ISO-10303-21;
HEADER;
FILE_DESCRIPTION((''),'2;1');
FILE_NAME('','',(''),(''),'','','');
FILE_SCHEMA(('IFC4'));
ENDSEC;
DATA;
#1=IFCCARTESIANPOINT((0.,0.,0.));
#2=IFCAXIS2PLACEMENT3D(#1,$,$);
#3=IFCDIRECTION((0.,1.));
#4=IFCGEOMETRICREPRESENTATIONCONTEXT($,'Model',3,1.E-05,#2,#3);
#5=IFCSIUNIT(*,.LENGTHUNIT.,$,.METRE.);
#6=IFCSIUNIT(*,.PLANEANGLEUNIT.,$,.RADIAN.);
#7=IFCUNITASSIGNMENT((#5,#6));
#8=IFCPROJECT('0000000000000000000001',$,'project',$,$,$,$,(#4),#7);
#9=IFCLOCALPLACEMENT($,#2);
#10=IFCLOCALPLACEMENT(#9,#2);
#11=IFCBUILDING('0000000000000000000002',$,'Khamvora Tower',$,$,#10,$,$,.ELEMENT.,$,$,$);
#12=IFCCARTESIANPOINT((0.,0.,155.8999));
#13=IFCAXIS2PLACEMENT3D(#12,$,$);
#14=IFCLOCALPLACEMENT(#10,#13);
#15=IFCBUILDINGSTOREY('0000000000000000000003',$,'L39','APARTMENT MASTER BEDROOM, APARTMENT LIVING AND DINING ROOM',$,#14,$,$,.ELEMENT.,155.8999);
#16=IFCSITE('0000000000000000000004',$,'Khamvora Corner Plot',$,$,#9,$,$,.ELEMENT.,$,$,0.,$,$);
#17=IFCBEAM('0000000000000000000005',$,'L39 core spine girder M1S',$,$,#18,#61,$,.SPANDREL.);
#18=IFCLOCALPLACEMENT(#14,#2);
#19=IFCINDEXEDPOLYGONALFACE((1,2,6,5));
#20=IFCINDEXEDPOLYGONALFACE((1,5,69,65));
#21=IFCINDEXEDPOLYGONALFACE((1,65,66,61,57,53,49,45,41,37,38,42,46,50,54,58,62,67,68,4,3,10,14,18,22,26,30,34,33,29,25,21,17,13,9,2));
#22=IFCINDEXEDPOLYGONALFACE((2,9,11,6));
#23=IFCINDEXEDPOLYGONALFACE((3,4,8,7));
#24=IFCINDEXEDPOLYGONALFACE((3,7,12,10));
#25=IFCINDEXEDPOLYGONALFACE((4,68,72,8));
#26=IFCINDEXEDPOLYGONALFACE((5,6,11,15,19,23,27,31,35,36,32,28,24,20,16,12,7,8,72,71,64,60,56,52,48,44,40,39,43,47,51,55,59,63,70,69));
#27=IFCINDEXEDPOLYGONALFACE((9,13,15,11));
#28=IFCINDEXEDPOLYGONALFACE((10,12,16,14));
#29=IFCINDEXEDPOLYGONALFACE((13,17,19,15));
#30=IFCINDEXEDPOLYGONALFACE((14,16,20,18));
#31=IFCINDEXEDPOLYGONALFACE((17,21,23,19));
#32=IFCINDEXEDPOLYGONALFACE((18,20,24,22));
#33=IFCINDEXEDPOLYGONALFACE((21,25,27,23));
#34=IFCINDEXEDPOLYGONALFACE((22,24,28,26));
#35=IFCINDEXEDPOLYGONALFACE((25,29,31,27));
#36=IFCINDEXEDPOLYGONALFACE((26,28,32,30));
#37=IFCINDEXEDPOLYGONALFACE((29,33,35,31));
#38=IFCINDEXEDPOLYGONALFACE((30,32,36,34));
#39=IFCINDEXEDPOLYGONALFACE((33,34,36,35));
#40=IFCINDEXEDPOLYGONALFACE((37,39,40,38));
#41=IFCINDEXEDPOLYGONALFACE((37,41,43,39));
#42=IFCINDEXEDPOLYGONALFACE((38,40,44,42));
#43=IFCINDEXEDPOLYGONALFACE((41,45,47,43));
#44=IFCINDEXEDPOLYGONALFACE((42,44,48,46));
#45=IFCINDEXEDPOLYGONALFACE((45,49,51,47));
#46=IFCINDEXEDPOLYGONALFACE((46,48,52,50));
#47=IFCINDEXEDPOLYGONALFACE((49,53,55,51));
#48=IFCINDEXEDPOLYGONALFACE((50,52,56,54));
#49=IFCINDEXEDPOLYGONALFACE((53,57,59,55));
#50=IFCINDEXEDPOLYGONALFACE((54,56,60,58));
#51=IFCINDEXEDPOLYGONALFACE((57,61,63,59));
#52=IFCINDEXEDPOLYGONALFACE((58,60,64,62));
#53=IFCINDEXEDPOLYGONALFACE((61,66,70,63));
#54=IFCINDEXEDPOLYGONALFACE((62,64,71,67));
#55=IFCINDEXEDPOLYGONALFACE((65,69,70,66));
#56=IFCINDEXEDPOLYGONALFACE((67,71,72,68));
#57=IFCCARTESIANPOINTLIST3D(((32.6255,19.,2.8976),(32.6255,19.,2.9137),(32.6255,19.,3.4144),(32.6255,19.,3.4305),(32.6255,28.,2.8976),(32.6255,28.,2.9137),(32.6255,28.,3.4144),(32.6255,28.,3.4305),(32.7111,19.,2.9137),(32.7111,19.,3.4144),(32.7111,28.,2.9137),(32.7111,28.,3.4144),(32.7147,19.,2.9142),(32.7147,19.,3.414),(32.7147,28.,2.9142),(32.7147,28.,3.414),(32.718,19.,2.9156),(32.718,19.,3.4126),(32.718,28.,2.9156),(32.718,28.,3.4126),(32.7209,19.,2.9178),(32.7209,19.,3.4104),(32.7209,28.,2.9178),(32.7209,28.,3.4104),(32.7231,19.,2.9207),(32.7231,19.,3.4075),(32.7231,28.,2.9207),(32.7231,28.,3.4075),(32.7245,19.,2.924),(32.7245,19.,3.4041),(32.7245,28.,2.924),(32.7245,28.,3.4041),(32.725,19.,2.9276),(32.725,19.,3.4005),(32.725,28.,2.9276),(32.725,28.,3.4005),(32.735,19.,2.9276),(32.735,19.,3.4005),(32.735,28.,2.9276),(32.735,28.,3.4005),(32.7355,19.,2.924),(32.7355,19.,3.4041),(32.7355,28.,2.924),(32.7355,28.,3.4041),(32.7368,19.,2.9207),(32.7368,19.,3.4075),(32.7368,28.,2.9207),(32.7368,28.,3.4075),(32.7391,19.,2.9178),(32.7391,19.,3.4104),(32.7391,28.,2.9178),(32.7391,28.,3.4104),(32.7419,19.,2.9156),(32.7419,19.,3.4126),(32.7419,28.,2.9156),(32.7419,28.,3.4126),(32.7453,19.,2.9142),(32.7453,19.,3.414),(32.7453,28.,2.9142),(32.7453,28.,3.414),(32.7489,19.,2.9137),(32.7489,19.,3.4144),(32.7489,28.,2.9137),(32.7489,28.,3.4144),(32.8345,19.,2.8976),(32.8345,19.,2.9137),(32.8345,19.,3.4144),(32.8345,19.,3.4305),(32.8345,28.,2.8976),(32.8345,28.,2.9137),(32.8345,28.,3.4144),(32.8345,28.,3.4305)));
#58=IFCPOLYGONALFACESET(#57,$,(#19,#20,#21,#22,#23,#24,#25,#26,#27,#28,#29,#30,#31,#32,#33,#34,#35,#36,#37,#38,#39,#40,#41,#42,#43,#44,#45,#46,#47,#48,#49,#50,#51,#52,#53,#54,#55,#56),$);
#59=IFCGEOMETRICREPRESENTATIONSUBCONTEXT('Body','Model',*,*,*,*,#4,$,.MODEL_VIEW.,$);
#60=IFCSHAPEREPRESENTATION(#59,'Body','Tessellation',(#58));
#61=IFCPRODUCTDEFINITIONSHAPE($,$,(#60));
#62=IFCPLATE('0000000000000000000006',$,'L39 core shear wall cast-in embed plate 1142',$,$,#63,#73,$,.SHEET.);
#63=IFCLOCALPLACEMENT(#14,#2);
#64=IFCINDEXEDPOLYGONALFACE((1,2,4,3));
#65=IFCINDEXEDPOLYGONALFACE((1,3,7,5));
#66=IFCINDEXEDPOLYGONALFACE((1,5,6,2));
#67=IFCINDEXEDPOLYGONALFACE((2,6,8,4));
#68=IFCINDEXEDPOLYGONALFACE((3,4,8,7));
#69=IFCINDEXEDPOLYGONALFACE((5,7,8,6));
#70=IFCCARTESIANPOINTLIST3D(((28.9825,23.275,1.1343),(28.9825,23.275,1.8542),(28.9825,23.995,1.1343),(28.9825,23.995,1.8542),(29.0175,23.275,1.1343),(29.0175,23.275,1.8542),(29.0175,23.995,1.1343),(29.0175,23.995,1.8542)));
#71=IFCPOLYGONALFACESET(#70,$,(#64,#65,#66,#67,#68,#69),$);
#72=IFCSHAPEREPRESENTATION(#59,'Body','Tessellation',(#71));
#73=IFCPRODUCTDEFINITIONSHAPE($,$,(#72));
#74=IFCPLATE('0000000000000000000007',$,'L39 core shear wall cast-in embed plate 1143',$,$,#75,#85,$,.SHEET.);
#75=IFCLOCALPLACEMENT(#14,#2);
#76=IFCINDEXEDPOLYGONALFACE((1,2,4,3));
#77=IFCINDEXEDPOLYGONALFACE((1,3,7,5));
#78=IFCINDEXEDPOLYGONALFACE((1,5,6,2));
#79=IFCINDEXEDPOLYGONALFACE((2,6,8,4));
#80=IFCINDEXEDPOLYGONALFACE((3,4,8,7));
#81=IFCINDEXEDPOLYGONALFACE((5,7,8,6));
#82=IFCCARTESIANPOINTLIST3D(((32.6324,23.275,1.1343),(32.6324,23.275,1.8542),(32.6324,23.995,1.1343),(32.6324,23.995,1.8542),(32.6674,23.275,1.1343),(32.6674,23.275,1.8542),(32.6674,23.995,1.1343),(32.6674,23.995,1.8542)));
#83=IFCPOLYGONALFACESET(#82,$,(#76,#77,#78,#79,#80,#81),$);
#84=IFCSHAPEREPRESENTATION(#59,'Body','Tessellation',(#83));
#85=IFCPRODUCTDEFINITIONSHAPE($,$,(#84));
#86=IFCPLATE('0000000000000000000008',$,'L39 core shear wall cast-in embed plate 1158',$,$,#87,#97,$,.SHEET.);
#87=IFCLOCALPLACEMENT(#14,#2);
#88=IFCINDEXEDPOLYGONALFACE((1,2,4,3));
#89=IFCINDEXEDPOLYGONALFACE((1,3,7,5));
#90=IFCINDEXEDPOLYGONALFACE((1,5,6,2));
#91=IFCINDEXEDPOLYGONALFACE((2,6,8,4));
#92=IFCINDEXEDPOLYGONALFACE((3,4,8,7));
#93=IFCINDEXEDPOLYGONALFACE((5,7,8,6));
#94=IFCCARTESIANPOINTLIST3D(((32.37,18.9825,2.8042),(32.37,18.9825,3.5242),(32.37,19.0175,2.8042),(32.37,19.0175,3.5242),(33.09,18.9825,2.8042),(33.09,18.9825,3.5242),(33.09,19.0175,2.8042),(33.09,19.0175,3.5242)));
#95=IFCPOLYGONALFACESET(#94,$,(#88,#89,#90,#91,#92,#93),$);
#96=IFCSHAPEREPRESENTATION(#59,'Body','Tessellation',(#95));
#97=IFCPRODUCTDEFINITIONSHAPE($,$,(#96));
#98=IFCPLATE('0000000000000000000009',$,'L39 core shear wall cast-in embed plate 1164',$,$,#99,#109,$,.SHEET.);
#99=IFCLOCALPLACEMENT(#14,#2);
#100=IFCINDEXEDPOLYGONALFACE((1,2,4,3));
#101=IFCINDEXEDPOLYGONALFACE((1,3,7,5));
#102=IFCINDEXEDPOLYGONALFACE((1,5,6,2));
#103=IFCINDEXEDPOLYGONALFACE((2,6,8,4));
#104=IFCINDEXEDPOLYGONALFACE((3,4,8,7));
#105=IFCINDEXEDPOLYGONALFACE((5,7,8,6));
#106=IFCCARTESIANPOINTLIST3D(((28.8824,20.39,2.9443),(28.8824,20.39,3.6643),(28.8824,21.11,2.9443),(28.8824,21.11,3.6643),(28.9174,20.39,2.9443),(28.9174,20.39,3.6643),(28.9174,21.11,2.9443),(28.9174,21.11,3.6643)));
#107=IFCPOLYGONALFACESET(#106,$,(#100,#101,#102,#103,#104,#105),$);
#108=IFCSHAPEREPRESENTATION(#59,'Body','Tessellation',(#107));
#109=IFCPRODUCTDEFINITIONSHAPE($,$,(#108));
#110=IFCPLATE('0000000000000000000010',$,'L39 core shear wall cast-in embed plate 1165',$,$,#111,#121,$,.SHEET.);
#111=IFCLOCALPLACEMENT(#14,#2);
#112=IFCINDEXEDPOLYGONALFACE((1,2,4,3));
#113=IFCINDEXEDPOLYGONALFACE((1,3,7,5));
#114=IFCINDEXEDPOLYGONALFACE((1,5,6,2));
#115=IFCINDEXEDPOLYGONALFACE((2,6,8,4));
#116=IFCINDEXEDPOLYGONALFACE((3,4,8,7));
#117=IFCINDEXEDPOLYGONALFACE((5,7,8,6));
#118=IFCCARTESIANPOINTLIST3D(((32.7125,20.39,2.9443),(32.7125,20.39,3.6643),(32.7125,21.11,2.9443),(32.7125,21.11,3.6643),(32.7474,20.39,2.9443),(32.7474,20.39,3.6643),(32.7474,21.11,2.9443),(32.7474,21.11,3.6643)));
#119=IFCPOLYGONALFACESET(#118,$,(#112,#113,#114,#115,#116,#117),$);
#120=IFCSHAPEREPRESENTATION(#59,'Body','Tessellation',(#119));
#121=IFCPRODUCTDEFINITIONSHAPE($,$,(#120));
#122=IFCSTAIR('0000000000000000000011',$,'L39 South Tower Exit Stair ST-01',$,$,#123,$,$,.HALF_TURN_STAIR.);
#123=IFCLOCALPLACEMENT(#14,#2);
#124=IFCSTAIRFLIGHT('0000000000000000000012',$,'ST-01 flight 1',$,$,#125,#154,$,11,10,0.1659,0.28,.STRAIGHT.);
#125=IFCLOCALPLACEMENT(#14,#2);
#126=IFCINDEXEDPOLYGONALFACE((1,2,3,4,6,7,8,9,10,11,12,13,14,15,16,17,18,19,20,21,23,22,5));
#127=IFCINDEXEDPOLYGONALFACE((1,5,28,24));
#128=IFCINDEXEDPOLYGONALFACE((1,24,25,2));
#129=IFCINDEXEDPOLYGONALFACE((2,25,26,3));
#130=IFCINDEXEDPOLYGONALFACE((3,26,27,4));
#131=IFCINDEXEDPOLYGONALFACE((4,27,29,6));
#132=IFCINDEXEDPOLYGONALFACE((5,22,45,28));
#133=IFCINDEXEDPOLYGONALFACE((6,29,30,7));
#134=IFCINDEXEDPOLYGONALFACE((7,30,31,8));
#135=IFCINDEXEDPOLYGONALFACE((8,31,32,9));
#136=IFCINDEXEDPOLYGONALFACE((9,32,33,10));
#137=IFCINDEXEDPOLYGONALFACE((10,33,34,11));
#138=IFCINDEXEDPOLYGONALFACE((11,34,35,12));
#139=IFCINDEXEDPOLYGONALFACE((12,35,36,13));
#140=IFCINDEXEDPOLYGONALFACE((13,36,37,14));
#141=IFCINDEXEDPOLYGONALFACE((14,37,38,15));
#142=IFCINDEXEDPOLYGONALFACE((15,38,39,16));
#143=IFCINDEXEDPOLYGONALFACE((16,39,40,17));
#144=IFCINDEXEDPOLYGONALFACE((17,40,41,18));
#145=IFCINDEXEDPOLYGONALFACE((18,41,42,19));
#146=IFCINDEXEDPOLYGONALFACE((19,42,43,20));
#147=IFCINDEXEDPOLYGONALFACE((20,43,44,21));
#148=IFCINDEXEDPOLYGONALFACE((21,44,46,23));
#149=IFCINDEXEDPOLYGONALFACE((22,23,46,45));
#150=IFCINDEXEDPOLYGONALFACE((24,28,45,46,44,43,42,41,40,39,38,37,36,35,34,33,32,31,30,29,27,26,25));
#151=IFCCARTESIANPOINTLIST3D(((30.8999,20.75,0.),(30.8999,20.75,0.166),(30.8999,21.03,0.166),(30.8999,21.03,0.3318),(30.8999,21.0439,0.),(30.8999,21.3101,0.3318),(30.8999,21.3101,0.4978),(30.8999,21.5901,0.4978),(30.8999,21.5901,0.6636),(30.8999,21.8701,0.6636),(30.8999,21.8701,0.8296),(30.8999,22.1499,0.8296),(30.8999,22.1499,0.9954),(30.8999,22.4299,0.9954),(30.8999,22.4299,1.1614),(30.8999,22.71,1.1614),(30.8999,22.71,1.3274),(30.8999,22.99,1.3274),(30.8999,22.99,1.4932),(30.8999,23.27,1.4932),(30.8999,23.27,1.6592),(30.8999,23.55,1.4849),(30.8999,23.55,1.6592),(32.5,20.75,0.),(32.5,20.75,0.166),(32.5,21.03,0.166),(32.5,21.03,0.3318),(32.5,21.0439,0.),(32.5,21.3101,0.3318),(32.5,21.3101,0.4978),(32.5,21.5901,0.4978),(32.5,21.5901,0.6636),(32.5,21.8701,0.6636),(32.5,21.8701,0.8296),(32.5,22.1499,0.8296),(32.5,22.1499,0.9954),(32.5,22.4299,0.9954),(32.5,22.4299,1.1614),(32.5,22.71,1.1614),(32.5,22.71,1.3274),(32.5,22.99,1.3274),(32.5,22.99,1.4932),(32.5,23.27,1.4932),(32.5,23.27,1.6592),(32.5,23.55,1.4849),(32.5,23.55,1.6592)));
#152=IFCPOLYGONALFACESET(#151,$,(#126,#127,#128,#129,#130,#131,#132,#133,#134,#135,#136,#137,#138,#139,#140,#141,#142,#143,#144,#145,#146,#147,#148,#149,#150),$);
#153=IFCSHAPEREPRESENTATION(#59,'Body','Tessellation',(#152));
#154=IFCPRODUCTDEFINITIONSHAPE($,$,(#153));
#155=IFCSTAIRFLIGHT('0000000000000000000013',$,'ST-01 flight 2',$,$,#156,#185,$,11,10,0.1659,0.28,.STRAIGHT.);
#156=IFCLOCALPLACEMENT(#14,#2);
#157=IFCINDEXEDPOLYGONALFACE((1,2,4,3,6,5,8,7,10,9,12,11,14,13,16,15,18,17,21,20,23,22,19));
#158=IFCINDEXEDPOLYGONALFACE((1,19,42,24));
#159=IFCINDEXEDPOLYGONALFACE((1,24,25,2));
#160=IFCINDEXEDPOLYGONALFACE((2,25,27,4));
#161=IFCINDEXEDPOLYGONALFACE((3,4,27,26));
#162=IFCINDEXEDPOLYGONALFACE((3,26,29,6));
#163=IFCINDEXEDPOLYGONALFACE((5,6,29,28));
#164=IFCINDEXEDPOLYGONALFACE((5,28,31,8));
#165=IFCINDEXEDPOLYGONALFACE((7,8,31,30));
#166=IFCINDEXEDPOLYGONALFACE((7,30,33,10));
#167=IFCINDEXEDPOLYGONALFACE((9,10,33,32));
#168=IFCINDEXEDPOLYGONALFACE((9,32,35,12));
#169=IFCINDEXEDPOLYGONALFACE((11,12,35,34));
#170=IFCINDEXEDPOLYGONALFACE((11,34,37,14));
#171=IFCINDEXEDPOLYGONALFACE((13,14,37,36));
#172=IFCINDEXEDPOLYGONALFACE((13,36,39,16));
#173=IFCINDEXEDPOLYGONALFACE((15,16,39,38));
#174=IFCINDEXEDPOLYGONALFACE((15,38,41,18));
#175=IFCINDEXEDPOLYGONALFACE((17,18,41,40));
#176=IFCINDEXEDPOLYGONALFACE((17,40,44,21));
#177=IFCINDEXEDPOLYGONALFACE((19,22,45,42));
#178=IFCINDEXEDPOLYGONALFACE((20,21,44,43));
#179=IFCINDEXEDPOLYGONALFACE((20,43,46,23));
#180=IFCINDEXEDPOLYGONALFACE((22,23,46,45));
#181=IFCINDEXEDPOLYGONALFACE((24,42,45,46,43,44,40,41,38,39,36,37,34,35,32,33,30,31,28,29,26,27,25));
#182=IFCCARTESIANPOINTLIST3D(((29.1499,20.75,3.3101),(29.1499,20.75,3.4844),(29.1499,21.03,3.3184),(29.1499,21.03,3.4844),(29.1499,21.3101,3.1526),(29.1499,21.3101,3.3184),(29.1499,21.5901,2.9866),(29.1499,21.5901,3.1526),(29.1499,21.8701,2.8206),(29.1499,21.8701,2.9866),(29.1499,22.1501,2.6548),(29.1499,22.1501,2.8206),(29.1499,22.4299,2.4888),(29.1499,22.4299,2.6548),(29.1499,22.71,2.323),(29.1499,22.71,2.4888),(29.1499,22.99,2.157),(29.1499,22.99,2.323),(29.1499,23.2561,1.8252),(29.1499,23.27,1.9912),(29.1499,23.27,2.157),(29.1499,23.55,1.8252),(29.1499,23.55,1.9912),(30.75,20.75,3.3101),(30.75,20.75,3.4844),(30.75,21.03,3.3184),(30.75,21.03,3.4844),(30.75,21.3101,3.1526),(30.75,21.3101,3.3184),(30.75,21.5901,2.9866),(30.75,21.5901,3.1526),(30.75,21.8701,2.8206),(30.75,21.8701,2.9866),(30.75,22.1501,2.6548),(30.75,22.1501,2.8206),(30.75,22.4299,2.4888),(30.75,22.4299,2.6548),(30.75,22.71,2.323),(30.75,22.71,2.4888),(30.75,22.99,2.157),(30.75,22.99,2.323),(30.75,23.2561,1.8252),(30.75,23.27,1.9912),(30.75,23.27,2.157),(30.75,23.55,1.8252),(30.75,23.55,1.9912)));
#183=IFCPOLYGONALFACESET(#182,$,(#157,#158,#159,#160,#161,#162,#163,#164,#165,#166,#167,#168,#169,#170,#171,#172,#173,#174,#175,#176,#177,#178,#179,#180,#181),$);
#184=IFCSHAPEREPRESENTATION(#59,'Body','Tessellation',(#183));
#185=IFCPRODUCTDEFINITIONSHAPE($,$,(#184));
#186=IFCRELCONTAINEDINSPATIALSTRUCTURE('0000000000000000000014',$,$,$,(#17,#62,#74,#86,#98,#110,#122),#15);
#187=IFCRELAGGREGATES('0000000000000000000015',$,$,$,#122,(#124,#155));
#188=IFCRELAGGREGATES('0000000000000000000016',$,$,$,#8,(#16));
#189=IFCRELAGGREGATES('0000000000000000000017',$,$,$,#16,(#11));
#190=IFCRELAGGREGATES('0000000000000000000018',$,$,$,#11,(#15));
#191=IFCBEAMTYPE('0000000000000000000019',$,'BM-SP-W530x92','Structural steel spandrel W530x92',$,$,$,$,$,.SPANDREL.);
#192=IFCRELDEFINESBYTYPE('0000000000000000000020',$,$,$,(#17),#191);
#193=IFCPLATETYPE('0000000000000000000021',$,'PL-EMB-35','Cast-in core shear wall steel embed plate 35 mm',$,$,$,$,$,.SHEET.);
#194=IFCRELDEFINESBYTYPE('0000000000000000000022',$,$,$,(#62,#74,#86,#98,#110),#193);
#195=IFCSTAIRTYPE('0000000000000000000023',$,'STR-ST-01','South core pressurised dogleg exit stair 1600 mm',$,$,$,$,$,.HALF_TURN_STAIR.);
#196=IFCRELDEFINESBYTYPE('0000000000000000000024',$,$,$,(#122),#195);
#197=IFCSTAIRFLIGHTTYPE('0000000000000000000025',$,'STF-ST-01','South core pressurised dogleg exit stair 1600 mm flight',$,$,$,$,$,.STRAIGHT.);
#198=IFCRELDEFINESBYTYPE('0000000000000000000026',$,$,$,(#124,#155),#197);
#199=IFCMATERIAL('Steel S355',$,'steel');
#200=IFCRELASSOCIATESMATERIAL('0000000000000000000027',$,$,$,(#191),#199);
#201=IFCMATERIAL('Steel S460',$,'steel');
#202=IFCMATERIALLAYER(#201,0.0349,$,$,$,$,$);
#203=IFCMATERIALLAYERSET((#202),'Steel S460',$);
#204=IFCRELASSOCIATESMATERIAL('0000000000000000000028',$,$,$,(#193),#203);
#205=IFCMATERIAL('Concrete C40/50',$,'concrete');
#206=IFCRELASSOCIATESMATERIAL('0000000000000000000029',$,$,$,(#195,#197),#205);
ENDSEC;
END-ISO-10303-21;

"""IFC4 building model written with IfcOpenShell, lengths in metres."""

from ifc_helpers import new_model, si_unit, direction, frame, origin, origin_2d, place, context, subcontext, project, spatial, polyline, rectangle, i_section, outline, extrude, material, layer, layer_set, material_profile, profile_set, type_object, element, aggregate, save


model = new_model("IFC4")

# Units and contexts
model_context = context("Model", 3, precision=1e-05, world=origin(), true_north=direction((0.0, 1.0)))
body_context = subcontext(model_context, "Body", "Model", "MODEL_VIEW")
ifc_project = project(units=[si_unit("LENGTHUNIT", "METRE"), si_unit("PLANEANGLEUNIT", "RADIAN")], contexts=[model_context])

# Site, building, storey
site_placement = place(None, origin())
site = spatial("IfcSite", under=ifc_project, at=site_placement, Name="Khamvora Corner Plot", CompositionType="ELEMENT", RefElevation=0.0)
building_placement = place(site_placement, origin())
building = spatial("IfcBuilding", under=site, at=building_placement, Name="Khamvora Tower", CompositionType="ELEMENT")
storey_placement = place(building_placement, frame((0.0, 0.0, 155.8999)))
storey = spatial("IfcBuildingStorey", under=building, at=storey_placement, Name="L39", Description="APARTMENT MASTER BEDROOM, APARTMENT LIVING AND DINING ROOM", CompositionType="ELEMENT", Elevation=155.8999)

# Beam
ifc_material_1 = material(Name="Steel S355", Category="steel")
ifc_material_profile_1 = material_profile(ifc_material_1, i_section(OverallWidth=0.209, OverallDepth=0.533, WebThickness=0.01, FlangeThickness=0.0161, FilletRadius=0.0139, at=origin_2d()), Name="W530x92")
ifc_profile_set_1 = profile_set([ifc_material_profile_1], Name="Steel S355")
beam_type_1 = type_object("IfcBeamType", Name="BM-SP-W530x92", Description="Structural steel spandrel W530x92", PredefinedType="SPANDREL", material=ifc_profile_set_1)
beam_1_placement = place(storey_placement, frame((32.73, 19.0, 3.1641), z_axis=(0.0, 1.0, 0.0), x_axis=(-1.0, 0.0, 0.0)))
element("IfcBeam", 1, at=beam_1_placement, inside=storey, type_object=beam_type_1, Name="L39 core spine girder M1S", PredefinedType="SPANDREL", context=body_context, shape_type="SweptSolid", body=[
    extrude(i_section(OverallWidth=0.209, OverallDepth=0.533, WebThickness=0.01, FlangeThickness=0.0161, FilletRadius=0.0139, at=origin_2d()), origin(), (0.0, 0.0, 1.0), 9.0),
])

# Plates
ifc_material_2 = material(Name="Steel S460", Category="steel")
ifc_layer_1 = layer(ifc_material_2, 0.0349)
ifc_layer_set_1 = layer_set([ifc_layer_1], Name="Steel S460")
plate_type = type_object("IfcPlateType", Name="PL-EMB-35", Description="Cast-in core shear wall steel embed plate 35 mm", PredefinedType="SHEET", material=ifc_layer_set_1)
for number, where, z_axis, x_axis, name in (
    (2, (29.0, 23.635, 1.1343), (0.0, 0.0, 1.0), (1.0, 0.0, 0.0), "L39 core shear wall cast-in embed plate 1142"),
    (3, (32.6499, 23.635, 1.1343), (0.0, 0.0, 1.0), (1.0, 0.0, 0.0), "L39 core shear wall cast-in embed plate 1143"),
):
    element("IfcPlate", number, at=place(storey_placement, frame(where, z_axis=z_axis, x_axis=x_axis)), inside=storey, type_object=plate_type, Name=name, PredefinedType="SHEET", context=body_context, shape_type="SweptSolid", body=[
        extrude(rectangle(XDim=0.0349, YDim=0.72, at=origin_2d()), origin(), (0.0, 0.0, 1.0), 0.72),
    ])
plate_placement = place(storey_placement, frame((32.73, 19.0, 2.8042), z_axis=(0.0, 0.0, 1.0), x_axis=(1.0, 0.0, 0.0)))
element("IfcPlate", 4, at=plate_placement, inside=storey, type_object=plate_type, Name="L39 core shear wall cast-in embed plate 1158", PredefinedType="SHEET", context=body_context, shape_type="SweptSolid", body=[
    extrude(rectangle(XDim=0.72, YDim=0.0349, at=origin_2d()), origin(), (0.0, 0.0, 1.0), 0.72),
])
for number, where, z_axis, x_axis, name in (
    (5, (28.8999, 20.75, 2.9443), (0.0, 0.0, 1.0), (1.0, 0.0, 0.0), "L39 core shear wall cast-in embed plate 1164"),
    (6, (32.73, 20.75, 2.9443), (0.0, 0.0, 1.0), (1.0, 0.0, 0.0), "L39 core shear wall cast-in embed plate 1165"),
):
    element("IfcPlate", number, at=place(storey_placement, frame(where, z_axis=z_axis, x_axis=x_axis)), inside=storey, type_object=plate_type, Name=name, PredefinedType="SHEET", context=body_context, shape_type="SweptSolid", body=[
        extrude(rectangle(XDim=0.0349, YDim=0.72, at=origin_2d()), origin(), (0.0, 0.0, 1.0), 0.72),
    ])

# Stair, stair flights
ifc_material_3 = material(Name="Concrete C40/50", Category="concrete")
stair_type = type_object("IfcStairType", Name="STR-ST-01", Description="South core pressurised dogleg exit stair 1600 mm", PredefinedType="HALF_TURN_STAIR", material=ifc_material_3)
stair_placement = place(storey_placement, origin())
stair = element("IfcStair", 7, at=stair_placement, inside=storey, type_object=stair_type, Name="L39 South Tower Exit Stair ST-01", PredefinedType="HALF_TURN_STAIR")
stair_flight_type = type_object("IfcStairFlightType", Name="STF-ST-01", Description="South core pressurised dogleg exit stair 1600 mm flight", PredefinedType="STRAIGHT", material=ifc_material_3)
stair_flight_1_placement = place(storey_placement, frame((31.7, 20.75, 0.0), z_axis=(0.0, 0.0, 1.0), x_axis=(0.0, 1.0, 0.0)))
stair_flight_1 = element("IfcStairFlight", 8, at=stair_flight_1_placement, type_object=stair_flight_type, Name="ST-01 flight 1", NumberOfRisers=11, NumberOfTreads=10, PredefinedType="STRAIGHT", RiserHeight=0.1659, TreadLength=0.28, context=body_context, shape_type="SweptSolid", body=[
    extrude(outline(polyline([(0.0, 0.0), (0.0, 0.166), (0.28, 0.166), (0.28, 0.3318), (0.5601, 0.3318), (0.5601, 0.4978), (0.8401, 0.4978), (0.8401, 0.6636), (1.1201, 0.6636), (1.1201, 0.8296), (1.3999, 0.8296), (1.3999, 0.9954), (1.6799, 0.9954), (1.6799, 1.1614), (1.96, 1.1614), (1.96, 1.3274), (2.24, 1.3274), (2.24, 1.4932), (2.52, 1.4932), (2.52, 1.6592), (2.8, 1.6592), (2.8, 1.825), (2.8, 1.4849), (0.2939, 0.0), (0.0, 0.0)])), frame((0.0, 0.8, 0.0), z_axis=(0.0, -1.0, 0.0), x_axis=(1.0, 0.0, 0.0)), (0.0, 0.0, 1.0), 1.6001),
])
stair_flight_2_placement = place(storey_placement, frame((29.95, 23.55, 1.8252), z_axis=(0.0, 0.0, 1.0), x_axis=(0.0, -1.0, 0.0)))
stair_flight_2 = element("IfcStairFlight", 9, at=stair_flight_2_placement, type_object=stair_flight_type, Name="ST-01 flight 2", NumberOfRisers=11, NumberOfTreads=10, PredefinedType="STRAIGHT", RiserHeight=0.1659, TreadLength=0.28, context=body_context, shape_type="SweptSolid", body=[
    extrude(outline(polyline([(0.0, 0.0), (0.0, 0.166), (0.28, 0.166), (0.28, 0.3318), (0.5601, 0.3318), (0.5601, 0.4978), (0.8401, 0.4978), (0.8401, 0.6636), (1.1201, 0.6636), (1.1201, 0.8296), (1.3999, 0.8296), (1.3999, 0.9954), (1.6799, 0.9954), (1.6799, 1.1614), (1.96, 1.1614), (1.96, 1.3274), (2.24, 1.3274), (2.24, 1.4932), (2.52, 1.4932), (2.52, 1.6592), (2.8, 1.6592), (2.8, 1.825), (2.8, 1.4849), (0.2939, 0.0), (0.0, 0.0)])), frame((0.0, 0.8, 0.0), z_axis=(0.0, -1.0, 0.0), x_axis=(1.0, 0.0, 0.0)), (0.0, 0.0, 1.0), 1.6001),
])
aggregate(stair, [stair_flight_1, stair_flight_2])

save(model, "model.ifc")
